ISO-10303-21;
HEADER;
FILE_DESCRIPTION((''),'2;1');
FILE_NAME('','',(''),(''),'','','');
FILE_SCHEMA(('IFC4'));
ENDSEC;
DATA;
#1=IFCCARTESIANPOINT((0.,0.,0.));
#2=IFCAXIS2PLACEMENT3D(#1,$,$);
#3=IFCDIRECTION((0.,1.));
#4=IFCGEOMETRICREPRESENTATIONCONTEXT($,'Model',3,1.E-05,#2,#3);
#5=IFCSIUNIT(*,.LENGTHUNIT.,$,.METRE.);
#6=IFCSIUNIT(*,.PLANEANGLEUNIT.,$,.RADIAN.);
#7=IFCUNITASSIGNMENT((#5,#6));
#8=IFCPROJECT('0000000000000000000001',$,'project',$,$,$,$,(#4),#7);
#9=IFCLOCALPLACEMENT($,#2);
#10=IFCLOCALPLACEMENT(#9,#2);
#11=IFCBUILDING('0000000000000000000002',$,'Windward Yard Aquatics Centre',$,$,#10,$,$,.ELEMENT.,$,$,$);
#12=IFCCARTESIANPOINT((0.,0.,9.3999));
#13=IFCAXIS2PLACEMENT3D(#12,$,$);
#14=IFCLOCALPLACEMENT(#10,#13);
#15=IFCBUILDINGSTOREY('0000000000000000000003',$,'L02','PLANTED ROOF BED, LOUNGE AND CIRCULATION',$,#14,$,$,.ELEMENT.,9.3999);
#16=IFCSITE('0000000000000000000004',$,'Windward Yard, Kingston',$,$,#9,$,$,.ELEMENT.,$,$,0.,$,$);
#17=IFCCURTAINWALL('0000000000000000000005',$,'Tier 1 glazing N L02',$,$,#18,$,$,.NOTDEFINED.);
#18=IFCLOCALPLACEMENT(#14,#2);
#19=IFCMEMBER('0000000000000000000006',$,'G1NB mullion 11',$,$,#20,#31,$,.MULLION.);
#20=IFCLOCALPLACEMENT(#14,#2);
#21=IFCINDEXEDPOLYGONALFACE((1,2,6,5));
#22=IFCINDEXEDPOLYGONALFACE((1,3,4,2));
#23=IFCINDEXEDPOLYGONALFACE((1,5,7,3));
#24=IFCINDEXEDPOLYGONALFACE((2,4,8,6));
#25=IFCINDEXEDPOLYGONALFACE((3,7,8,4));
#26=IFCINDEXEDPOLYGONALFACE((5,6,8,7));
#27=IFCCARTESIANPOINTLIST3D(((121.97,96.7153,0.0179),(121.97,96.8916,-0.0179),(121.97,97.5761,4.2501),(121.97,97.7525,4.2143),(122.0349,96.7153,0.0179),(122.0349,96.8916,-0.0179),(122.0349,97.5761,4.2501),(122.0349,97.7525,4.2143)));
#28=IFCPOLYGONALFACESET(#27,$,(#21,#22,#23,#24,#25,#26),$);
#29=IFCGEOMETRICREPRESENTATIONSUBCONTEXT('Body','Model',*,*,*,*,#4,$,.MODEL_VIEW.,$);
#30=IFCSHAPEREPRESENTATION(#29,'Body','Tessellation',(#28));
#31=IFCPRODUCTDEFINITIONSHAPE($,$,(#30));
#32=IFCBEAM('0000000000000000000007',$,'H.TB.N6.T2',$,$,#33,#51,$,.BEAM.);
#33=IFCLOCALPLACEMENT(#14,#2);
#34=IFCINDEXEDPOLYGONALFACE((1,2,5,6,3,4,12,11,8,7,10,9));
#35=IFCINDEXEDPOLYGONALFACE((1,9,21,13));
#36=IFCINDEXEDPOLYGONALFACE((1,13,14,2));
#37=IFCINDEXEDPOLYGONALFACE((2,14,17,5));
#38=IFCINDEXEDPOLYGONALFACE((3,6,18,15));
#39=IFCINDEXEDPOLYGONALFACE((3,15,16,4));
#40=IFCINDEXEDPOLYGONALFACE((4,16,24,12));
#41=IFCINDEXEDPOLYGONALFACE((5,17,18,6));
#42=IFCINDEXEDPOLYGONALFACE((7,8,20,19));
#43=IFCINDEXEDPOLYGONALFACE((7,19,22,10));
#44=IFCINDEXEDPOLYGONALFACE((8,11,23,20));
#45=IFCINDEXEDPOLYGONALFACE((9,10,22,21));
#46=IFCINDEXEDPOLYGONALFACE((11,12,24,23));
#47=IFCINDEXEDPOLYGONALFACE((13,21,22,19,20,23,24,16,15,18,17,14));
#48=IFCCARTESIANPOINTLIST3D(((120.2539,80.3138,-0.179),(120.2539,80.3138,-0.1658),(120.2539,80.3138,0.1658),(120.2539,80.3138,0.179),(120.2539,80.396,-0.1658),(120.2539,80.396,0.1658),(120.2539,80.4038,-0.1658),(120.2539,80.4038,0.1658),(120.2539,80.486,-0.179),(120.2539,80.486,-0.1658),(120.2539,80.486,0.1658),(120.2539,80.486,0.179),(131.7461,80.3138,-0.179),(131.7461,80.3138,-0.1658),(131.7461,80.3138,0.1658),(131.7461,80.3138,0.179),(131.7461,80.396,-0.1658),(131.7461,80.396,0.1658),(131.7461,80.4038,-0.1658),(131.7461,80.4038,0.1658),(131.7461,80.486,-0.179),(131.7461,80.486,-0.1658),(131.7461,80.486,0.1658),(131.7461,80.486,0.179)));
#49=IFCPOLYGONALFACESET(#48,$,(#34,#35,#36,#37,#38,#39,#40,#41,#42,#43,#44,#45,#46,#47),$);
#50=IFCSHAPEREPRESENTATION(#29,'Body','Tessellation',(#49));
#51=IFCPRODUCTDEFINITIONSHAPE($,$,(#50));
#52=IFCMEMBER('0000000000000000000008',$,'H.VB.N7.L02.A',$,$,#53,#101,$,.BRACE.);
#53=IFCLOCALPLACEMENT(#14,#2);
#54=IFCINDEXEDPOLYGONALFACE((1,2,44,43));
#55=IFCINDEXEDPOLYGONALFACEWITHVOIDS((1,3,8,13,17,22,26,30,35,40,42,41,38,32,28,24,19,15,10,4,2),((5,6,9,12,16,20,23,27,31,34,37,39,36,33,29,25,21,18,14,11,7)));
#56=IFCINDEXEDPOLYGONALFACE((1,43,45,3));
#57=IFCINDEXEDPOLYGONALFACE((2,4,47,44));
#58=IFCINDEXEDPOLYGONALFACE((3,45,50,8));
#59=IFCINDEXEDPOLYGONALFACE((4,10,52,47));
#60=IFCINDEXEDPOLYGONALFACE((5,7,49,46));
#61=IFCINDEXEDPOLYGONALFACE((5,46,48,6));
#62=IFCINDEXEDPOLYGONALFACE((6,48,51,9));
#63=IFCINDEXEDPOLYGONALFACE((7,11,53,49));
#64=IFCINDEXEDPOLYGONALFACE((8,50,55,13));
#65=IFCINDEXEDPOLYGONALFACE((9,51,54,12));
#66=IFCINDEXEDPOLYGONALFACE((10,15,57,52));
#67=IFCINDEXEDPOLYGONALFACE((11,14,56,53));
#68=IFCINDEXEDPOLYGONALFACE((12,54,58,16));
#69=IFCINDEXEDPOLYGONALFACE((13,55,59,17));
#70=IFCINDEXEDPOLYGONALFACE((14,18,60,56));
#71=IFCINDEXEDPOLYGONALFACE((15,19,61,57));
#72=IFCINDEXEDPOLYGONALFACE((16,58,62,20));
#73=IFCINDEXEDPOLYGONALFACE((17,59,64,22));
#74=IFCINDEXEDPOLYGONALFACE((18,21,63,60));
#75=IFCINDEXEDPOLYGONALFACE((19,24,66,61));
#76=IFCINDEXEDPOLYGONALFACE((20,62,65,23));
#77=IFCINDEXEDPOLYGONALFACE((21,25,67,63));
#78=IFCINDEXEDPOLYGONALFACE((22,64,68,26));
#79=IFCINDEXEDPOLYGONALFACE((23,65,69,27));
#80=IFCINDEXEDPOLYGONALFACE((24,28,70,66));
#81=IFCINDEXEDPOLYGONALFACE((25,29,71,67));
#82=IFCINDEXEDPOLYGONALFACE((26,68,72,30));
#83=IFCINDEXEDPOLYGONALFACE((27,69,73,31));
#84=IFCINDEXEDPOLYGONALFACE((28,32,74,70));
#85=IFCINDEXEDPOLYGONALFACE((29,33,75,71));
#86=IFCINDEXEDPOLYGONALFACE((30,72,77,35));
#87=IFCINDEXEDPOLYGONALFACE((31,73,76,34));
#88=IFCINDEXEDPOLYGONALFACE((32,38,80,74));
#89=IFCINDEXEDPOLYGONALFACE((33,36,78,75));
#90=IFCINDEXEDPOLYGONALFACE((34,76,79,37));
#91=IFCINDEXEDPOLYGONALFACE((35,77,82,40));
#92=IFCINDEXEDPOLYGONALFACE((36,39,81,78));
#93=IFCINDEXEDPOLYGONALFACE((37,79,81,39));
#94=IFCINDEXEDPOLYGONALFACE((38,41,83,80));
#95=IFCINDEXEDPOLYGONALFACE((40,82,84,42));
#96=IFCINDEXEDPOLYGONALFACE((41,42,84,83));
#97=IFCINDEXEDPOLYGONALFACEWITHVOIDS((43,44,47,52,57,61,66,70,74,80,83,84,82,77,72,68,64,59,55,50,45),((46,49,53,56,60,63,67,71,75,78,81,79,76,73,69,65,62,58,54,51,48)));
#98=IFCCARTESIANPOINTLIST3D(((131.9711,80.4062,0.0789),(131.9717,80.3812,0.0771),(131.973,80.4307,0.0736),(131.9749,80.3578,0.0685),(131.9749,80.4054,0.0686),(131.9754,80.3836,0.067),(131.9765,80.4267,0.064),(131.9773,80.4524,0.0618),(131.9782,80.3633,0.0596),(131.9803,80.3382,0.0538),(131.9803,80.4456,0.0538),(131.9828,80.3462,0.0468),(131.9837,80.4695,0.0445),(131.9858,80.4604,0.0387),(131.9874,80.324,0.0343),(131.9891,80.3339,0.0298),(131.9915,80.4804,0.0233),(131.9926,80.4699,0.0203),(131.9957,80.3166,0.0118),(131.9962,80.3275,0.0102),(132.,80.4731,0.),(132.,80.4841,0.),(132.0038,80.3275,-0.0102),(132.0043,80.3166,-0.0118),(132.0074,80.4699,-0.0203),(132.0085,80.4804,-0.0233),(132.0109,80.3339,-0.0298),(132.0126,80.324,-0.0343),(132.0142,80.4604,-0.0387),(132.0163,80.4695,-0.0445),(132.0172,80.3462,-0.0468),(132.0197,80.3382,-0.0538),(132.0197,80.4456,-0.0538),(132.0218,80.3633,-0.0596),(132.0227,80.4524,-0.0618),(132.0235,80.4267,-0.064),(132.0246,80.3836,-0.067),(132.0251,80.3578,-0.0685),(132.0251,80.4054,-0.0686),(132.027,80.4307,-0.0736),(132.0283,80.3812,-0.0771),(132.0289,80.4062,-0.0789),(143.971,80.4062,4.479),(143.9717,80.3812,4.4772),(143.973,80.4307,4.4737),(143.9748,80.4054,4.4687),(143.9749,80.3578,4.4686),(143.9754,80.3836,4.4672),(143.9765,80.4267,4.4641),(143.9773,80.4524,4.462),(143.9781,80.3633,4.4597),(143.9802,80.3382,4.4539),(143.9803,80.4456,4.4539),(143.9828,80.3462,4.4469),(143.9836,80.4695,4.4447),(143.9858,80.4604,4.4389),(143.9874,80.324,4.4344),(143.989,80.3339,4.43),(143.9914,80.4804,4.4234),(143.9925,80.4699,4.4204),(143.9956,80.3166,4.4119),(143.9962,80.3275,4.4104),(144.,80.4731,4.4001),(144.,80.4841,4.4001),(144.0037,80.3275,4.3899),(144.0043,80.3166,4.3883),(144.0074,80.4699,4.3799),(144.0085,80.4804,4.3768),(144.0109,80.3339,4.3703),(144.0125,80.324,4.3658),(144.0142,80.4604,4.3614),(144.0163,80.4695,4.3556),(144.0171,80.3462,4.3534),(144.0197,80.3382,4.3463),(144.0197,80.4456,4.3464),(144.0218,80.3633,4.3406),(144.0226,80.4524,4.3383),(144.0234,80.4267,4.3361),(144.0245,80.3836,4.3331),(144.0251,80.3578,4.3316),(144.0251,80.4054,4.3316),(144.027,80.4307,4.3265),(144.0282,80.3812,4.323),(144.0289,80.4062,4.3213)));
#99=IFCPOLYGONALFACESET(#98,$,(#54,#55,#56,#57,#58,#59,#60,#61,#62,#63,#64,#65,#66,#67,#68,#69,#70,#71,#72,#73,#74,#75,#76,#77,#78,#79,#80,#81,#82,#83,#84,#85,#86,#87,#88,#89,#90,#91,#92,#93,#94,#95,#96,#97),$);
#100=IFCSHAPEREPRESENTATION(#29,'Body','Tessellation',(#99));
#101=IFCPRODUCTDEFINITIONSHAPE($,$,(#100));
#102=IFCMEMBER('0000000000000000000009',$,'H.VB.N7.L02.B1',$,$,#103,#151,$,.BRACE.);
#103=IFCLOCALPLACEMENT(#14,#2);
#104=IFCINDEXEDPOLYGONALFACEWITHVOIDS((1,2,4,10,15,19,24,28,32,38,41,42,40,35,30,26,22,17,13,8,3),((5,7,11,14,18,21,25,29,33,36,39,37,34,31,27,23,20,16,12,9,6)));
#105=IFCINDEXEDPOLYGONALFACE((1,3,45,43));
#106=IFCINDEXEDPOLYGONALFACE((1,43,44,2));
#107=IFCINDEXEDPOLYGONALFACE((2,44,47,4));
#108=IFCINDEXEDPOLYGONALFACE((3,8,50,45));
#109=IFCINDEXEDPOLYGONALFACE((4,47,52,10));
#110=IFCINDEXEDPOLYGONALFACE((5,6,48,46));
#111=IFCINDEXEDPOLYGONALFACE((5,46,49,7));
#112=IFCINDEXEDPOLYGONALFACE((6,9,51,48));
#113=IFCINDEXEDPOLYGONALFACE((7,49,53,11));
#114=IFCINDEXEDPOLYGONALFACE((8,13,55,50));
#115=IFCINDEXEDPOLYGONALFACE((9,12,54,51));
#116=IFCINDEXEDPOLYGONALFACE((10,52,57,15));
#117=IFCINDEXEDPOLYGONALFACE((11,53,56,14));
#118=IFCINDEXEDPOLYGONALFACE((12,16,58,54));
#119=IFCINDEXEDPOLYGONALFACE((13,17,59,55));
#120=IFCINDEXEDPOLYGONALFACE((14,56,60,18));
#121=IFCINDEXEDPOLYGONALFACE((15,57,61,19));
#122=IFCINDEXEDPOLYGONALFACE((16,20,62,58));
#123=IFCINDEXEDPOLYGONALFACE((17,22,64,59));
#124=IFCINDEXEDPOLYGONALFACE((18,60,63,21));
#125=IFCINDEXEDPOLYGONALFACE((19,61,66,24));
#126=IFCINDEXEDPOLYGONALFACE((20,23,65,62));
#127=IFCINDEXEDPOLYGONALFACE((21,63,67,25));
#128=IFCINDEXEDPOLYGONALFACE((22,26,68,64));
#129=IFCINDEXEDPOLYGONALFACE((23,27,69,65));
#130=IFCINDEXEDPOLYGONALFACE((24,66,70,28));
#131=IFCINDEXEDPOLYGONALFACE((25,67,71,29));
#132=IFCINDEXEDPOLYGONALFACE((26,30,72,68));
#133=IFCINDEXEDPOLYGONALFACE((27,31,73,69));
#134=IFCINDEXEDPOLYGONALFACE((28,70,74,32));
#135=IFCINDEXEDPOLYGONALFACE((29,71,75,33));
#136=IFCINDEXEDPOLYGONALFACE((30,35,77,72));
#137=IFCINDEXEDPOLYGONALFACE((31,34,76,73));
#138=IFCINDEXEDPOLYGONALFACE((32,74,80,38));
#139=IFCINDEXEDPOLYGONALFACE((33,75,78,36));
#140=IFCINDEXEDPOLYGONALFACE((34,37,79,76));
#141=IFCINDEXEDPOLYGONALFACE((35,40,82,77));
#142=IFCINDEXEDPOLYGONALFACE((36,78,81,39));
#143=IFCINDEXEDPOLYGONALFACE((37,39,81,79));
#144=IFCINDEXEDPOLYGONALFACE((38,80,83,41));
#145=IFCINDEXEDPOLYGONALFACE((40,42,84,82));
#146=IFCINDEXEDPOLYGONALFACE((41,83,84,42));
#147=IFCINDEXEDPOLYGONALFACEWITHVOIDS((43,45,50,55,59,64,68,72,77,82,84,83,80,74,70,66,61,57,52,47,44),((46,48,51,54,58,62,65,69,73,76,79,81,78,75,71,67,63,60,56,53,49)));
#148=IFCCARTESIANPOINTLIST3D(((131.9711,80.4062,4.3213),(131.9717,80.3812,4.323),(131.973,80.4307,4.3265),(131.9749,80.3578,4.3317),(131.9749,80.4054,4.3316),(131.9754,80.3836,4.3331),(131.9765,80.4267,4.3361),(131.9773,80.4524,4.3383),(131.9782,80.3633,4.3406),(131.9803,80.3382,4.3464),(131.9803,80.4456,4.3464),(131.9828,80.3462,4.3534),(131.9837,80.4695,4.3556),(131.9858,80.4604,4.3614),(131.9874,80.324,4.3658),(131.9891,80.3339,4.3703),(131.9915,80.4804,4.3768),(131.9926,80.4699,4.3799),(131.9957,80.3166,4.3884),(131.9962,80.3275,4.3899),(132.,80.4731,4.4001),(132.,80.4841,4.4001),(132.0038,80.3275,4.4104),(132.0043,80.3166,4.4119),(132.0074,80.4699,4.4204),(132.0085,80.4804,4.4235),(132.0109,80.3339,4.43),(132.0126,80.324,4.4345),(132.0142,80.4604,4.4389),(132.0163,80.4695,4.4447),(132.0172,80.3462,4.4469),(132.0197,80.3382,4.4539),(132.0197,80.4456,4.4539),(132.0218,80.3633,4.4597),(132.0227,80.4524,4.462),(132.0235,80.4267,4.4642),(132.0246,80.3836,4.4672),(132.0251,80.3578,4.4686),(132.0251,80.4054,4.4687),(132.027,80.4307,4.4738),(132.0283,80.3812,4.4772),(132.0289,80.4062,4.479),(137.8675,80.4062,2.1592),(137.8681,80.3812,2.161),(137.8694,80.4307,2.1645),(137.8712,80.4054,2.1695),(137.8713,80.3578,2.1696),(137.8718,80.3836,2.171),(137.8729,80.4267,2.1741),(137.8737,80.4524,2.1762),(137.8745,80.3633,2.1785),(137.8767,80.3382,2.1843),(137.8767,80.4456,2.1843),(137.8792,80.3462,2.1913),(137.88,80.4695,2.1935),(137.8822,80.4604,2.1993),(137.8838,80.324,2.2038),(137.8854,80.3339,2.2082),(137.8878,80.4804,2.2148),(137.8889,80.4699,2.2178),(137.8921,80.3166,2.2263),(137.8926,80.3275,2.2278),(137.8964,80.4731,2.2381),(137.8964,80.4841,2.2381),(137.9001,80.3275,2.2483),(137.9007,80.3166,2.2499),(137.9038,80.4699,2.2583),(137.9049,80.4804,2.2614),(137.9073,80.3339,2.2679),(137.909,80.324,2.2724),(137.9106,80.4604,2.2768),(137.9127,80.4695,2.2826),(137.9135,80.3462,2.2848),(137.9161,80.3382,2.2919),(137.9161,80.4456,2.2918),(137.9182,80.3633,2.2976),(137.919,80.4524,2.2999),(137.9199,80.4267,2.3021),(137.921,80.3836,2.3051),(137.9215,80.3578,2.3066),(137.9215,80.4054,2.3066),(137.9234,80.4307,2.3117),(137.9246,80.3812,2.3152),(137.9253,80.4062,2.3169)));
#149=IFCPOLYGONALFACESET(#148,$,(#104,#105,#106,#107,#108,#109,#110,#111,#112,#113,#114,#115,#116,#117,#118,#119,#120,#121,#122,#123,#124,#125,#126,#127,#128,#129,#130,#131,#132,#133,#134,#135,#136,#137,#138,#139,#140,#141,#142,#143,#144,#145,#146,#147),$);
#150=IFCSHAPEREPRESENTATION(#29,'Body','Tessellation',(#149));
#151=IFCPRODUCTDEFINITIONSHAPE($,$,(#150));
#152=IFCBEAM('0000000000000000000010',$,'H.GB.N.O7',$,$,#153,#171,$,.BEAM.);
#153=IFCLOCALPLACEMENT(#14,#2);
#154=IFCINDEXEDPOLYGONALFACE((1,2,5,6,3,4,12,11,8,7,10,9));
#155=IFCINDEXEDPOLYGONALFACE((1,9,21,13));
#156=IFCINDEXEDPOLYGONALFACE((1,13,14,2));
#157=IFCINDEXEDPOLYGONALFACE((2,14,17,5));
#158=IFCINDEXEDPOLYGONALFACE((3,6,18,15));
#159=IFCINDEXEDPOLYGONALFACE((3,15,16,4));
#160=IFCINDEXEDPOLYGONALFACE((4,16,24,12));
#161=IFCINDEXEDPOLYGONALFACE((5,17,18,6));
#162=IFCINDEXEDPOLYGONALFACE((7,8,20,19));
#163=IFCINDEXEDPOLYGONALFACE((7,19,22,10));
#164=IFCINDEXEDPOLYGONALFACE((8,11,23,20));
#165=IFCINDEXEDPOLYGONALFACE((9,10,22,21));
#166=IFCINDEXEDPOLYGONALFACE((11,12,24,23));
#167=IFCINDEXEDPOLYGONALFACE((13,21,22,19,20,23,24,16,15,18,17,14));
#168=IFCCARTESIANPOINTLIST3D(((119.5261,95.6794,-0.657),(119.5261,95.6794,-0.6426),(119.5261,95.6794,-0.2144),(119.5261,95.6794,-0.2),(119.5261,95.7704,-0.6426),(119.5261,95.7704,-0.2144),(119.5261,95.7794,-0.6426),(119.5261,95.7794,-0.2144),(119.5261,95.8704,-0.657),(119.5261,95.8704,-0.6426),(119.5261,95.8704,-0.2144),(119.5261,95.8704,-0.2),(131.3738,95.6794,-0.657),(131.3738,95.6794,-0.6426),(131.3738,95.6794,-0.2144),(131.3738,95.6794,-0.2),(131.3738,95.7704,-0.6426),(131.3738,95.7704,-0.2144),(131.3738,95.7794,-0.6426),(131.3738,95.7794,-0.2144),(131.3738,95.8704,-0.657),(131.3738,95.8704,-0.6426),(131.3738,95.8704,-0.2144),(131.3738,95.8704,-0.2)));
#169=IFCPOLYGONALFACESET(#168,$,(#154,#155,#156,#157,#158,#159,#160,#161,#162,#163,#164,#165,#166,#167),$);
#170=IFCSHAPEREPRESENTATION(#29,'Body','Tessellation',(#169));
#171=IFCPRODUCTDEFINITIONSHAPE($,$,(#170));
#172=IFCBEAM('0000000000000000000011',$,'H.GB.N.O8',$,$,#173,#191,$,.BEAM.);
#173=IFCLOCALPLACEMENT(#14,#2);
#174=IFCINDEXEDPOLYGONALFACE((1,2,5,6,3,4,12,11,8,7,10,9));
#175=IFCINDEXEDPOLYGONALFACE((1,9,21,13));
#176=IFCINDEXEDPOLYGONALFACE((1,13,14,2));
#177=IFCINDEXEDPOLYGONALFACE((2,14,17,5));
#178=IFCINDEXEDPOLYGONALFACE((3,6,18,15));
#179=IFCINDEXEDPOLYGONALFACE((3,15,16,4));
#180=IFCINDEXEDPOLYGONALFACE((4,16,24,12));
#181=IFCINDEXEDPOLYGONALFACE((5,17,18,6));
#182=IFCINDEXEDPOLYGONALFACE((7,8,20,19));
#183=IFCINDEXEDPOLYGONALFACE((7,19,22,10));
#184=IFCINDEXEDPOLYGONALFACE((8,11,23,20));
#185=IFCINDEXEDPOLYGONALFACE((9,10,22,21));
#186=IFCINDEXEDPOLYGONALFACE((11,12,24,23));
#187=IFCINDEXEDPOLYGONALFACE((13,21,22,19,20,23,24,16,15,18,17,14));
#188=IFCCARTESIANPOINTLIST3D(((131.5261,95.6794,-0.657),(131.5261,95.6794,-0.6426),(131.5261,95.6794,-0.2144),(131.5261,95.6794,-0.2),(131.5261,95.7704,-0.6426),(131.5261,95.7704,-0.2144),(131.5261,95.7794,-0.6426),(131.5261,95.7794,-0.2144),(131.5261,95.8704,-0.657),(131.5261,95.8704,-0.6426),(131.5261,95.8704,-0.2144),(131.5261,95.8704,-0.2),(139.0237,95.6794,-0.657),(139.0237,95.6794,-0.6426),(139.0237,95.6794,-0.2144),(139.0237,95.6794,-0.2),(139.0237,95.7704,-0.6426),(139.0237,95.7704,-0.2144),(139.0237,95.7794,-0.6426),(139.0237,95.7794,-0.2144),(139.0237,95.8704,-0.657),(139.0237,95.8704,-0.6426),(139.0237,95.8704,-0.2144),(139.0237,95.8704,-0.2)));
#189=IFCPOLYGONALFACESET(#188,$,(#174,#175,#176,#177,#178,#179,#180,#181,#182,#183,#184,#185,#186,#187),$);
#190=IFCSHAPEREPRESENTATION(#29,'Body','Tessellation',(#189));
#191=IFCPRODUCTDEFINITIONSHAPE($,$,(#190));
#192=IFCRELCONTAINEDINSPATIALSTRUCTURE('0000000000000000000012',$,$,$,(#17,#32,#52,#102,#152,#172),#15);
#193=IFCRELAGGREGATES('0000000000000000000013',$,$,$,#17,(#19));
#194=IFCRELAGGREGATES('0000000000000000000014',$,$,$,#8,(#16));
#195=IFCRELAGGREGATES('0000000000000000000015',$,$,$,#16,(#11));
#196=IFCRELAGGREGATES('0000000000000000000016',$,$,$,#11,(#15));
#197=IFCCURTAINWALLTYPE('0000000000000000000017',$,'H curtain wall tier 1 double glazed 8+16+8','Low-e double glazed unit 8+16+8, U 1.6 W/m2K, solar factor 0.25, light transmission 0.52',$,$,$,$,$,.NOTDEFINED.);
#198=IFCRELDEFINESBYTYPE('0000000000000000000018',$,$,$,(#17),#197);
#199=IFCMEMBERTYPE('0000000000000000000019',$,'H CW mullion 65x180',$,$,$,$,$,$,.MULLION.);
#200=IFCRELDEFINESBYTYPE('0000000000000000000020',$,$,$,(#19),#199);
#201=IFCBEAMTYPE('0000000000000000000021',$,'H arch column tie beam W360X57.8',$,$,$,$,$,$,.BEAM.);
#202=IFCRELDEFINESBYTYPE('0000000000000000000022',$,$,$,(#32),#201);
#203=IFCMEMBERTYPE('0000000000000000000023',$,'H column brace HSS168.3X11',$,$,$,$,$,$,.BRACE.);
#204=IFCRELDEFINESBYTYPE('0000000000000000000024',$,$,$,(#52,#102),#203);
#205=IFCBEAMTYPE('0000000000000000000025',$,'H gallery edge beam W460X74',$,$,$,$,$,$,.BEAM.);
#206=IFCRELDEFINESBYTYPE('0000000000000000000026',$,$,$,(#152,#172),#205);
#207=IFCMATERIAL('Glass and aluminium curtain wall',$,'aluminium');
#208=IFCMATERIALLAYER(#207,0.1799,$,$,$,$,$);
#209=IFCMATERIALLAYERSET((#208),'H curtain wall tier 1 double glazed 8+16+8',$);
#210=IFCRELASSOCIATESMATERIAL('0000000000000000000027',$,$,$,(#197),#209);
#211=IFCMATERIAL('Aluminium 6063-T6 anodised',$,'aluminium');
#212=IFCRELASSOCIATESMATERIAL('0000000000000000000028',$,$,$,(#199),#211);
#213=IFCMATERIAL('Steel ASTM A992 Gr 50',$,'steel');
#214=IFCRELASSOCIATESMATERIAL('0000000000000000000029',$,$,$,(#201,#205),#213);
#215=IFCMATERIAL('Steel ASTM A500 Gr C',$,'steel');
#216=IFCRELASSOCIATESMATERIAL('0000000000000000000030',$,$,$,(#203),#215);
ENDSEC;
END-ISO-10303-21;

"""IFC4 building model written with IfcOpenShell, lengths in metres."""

from ifc_helpers import new_model, si_unit, direction, frame, origin, origin_2d, place, context, subcontext, project, spatial, rectangle, hollow_circle, i_section, extrude, material, layer, layer_set, material_profile, profile_set, type_object, element, aggregate, save


model = new_model("IFC4")

# Units and contexts
model_context = context("Model", 3, precision=1e-05, world=origin(), true_north=direction((0.0, 1.0)))
body_context = subcontext(model_context, "Body", "Model", "MODEL_VIEW")
ifc_project = project(units=[si_unit("LENGTHUNIT", "METRE"), si_unit("PLANEANGLEUNIT", "RADIAN")], contexts=[model_context])

# Site, building, storey
site_placement = place(None, origin())
site = spatial("IfcSite", under=ifc_project, at=site_placement, Name="Windward Yard, Kingston", CompositionType="ELEMENT", RefElevation=0.0)
building_placement = place(site_placement, origin())
building = spatial("IfcBuilding", under=site, at=building_placement, Name="Windward Yard Aquatics Centre", CompositionType="ELEMENT")
storey_placement = place(building_placement, frame((0.0, 0.0, 9.3999)))
storey = spatial("IfcBuildingStorey", under=building, at=storey_placement, Name="L02", Description="PLANTED ROOF BED, LOUNGE AND CIRCULATION", CompositionType="ELEMENT", Elevation=9.3999)

# Shared definitions
ifc_material_1 = material(Name="Steel ASTM A500 Gr C", Category="steel")

# Curtain wall, member
ifc_material_2 = material(Name="Glass and aluminium curtain wall", Category="aluminium")
ifc_layer_1 = layer(ifc_material_2, 0.1799)
ifc_layer_set_1 = layer_set([ifc_layer_1], Name="H curtain wall tier 1 double glazed 8+16+8")
curtain_wall_type = type_object("IfcCurtainWallType", Name="H curtain wall tier 1 double glazed 8+16+8", Description="Low-e double glazed unit 8+16+8, U 1.6 W/m2K, solar factor 0.25, light transmission 0.52", PredefinedType="NOTDEFINED", material=ifc_layer_set_1)
curtain_wall_placement = place(storey_placement, origin())
curtain_wall = element("IfcCurtainWall", 1, at=curtain_wall_placement, inside=storey, type_object=curtain_wall_type, Name="Tier 1 glazing N L02", PredefinedType="NOTDEFINED")
ifc_material_3 = material(Name="Aluminium 6063-T6 anodised", Category="aluminium")
ifc_material_profile_1 = material_profile(ifc_material_3, rectangle(XDim=0.0649, YDim=0.1799, at=origin_2d()), Name="H CW mullion 65x180")
ifc_profile_set_1 = profile_set([ifc_material_profile_1], Name="Aluminium 6063-T6 anodised")
member_type_1 = type_object("IfcMemberType", Name="H CW mullion 65x180", PredefinedType="MULLION", material=ifc_profile_set_1)
member_1_placement = place(storey_placement, frame((122.0024, 96.8035, 0.0), z_axis=(0.0, 0.199322, 0.979934), x_axis=(-1.0, 0.0, 0.0)))
member_1 = element("IfcMember", 2, at=member_1_placement, type_object=member_type_1, Name="G1NB mullion 11", PredefinedType="MULLION", context=body_context, shape_type="SweptSolid", body=[
    extrude(rectangle(XDim=0.0649, YDim=0.1799, at=origin_2d()), origin(), (0.0, 0.0, 1.0), 4.3188),
])
aggregate(curtain_wall, [member_1])

# Beam
ifc_material_4 = material(Name="Steel ASTM A992 Gr 50", Category="steel")
ifc_material_profile_2 = material_profile(ifc_material_4, i_section(OverallWidth=0.1721, OverallDepth=0.3579, WebThickness=0.0078, FlangeThickness=0.0132, at=origin_2d()), Name="W360X57.8")
ifc_profile_set_2 = profile_set([ifc_material_profile_2], Name="Steel ASTM A992 Gr 50")
beam_type_1 = type_object("IfcBeamType", Name="H arch column tie beam W360X57.8", PredefinedType="BEAM", material=ifc_profile_set_2)
beam_1_placement = place(storey_placement, frame((120.2539, 80.3999, 0.0), z_axis=(1.0, 0.0, 0.0), x_axis=(0.0, 1.0, 0.0)))
element("IfcBeam", 3, at=beam_1_placement, inside=storey, type_object=beam_type_1, Name="H.TB.N6.T2", PredefinedType="BEAM", context=body_context, shape_type="SweptSolid", body=[
    extrude(i_section(OverallWidth=0.1721, OverallDepth=0.3579, WebThickness=0.0078, FlangeThickness=0.0132, at=origin_2d()), origin(), (0.0, 0.0, 1.0), 11.4922),
])

# Members
ifc_material_profile_3 = material_profile(ifc_material_1, hollow_circle(Radius=0.0842, WallThickness=0.011, at=origin_2d()), Name="HSS168.3X11")
ifc_profile_set_3 = profile_set([ifc_material_profile_3], Name="Steel ASTM A500 Gr C")
member_type_2 = type_object("IfcMemberType", Name="H column brace HSS168.3X11", PredefinedType="BRACE", material=ifc_profile_set_3)
member_2_placement = place(storey_placement, frame((132.0, 80.3999, 0.0), z_axis=(0.938873, 0.0, 0.344265), x_axis=(0.0, 1.0, 0.0)))
element("IfcMember", 4, at=member_2_placement, inside=storey, type_object=member_type_2, Name="H.VB.N7.L02.A", PredefinedType="BRACE", context=body_context, shape_type="SweptSolid", body=[
    extrude(hollow_circle(Radius=0.0842, WallThickness=0.011, at=origin_2d()), origin(), (0.0, 0.0, 1.0), 12.7812),
])
member_3_placement = place(storey_placement, frame((132.0, 80.3999, 4.4001), z_axis=(0.938873, 0.0, -0.344264), x_axis=(0.0, 1.0, 0.0)))
element("IfcMember", 5, at=member_3_placement, inside=storey, type_object=member_type_2, Name="H.VB.N7.L02.B1", PredefinedType="BRACE", context=body_context, shape_type="SweptSolid", body=[
    extrude(hollow_circle(Radius=0.0842, WallThickness=0.011, at=origin_2d()), origin(), (0.0, 0.0, 1.0), 6.2803),
])

# Beams
ifc_material_profile_4 = material_profile(ifc_material_4, i_section(OverallWidth=0.1909, OverallDepth=0.457, WebThickness=0.009, FlangeThickness=0.0144, at=origin_2d()), Name="W460X74")
ifc_profile_set_4 = profile_set([ifc_material_profile_4], Name="Steel ASTM A992 Gr 50")
beam_type_2 = type_object("IfcBeamType", Name="H gallery edge beam W460X74", PredefinedType="BEAM", material=ifc_profile_set_4)
beam_2_placement = place(storey_placement, frame((119.5261, 95.7749, -0.4285), z_axis=(1.0, 0.0, 0.0), x_axis=(0.0, 1.0, 0.0)))
element("IfcBeam", 6, at=beam_2_placement, inside=storey, type_object=beam_type_2, Name="H.GB.N.O7", PredefinedType="BEAM", context=body_context, shape_type="SweptSolid", body=[
    extrude(i_section(OverallWidth=0.1909, OverallDepth=0.457, WebThickness=0.009, FlangeThickness=0.0144, at=origin_2d()), origin(), (0.0, 0.0, 1.0), 11.8477),
])
beam_3_placement = place(storey_placement, frame((131.5261, 95.7749, -0.4285), z_axis=(1.0, 0.0, 0.0), x_axis=(0.0, 1.0, 0.0)))
element("IfcBeam", 7, at=beam_3_placement, inside=storey, type_object=beam_type_2, Name="H.GB.N.O8", PredefinedType="BEAM", context=body_context, shape_type="SweptSolid", body=[
    extrude(i_section(OverallWidth=0.1909, OverallDepth=0.457, WebThickness=0.009, FlangeThickness=0.0144, at=origin_2d()), origin(), (0.0, 0.0, 1.0), 7.4976),
])

save(model, "model.ifc")
